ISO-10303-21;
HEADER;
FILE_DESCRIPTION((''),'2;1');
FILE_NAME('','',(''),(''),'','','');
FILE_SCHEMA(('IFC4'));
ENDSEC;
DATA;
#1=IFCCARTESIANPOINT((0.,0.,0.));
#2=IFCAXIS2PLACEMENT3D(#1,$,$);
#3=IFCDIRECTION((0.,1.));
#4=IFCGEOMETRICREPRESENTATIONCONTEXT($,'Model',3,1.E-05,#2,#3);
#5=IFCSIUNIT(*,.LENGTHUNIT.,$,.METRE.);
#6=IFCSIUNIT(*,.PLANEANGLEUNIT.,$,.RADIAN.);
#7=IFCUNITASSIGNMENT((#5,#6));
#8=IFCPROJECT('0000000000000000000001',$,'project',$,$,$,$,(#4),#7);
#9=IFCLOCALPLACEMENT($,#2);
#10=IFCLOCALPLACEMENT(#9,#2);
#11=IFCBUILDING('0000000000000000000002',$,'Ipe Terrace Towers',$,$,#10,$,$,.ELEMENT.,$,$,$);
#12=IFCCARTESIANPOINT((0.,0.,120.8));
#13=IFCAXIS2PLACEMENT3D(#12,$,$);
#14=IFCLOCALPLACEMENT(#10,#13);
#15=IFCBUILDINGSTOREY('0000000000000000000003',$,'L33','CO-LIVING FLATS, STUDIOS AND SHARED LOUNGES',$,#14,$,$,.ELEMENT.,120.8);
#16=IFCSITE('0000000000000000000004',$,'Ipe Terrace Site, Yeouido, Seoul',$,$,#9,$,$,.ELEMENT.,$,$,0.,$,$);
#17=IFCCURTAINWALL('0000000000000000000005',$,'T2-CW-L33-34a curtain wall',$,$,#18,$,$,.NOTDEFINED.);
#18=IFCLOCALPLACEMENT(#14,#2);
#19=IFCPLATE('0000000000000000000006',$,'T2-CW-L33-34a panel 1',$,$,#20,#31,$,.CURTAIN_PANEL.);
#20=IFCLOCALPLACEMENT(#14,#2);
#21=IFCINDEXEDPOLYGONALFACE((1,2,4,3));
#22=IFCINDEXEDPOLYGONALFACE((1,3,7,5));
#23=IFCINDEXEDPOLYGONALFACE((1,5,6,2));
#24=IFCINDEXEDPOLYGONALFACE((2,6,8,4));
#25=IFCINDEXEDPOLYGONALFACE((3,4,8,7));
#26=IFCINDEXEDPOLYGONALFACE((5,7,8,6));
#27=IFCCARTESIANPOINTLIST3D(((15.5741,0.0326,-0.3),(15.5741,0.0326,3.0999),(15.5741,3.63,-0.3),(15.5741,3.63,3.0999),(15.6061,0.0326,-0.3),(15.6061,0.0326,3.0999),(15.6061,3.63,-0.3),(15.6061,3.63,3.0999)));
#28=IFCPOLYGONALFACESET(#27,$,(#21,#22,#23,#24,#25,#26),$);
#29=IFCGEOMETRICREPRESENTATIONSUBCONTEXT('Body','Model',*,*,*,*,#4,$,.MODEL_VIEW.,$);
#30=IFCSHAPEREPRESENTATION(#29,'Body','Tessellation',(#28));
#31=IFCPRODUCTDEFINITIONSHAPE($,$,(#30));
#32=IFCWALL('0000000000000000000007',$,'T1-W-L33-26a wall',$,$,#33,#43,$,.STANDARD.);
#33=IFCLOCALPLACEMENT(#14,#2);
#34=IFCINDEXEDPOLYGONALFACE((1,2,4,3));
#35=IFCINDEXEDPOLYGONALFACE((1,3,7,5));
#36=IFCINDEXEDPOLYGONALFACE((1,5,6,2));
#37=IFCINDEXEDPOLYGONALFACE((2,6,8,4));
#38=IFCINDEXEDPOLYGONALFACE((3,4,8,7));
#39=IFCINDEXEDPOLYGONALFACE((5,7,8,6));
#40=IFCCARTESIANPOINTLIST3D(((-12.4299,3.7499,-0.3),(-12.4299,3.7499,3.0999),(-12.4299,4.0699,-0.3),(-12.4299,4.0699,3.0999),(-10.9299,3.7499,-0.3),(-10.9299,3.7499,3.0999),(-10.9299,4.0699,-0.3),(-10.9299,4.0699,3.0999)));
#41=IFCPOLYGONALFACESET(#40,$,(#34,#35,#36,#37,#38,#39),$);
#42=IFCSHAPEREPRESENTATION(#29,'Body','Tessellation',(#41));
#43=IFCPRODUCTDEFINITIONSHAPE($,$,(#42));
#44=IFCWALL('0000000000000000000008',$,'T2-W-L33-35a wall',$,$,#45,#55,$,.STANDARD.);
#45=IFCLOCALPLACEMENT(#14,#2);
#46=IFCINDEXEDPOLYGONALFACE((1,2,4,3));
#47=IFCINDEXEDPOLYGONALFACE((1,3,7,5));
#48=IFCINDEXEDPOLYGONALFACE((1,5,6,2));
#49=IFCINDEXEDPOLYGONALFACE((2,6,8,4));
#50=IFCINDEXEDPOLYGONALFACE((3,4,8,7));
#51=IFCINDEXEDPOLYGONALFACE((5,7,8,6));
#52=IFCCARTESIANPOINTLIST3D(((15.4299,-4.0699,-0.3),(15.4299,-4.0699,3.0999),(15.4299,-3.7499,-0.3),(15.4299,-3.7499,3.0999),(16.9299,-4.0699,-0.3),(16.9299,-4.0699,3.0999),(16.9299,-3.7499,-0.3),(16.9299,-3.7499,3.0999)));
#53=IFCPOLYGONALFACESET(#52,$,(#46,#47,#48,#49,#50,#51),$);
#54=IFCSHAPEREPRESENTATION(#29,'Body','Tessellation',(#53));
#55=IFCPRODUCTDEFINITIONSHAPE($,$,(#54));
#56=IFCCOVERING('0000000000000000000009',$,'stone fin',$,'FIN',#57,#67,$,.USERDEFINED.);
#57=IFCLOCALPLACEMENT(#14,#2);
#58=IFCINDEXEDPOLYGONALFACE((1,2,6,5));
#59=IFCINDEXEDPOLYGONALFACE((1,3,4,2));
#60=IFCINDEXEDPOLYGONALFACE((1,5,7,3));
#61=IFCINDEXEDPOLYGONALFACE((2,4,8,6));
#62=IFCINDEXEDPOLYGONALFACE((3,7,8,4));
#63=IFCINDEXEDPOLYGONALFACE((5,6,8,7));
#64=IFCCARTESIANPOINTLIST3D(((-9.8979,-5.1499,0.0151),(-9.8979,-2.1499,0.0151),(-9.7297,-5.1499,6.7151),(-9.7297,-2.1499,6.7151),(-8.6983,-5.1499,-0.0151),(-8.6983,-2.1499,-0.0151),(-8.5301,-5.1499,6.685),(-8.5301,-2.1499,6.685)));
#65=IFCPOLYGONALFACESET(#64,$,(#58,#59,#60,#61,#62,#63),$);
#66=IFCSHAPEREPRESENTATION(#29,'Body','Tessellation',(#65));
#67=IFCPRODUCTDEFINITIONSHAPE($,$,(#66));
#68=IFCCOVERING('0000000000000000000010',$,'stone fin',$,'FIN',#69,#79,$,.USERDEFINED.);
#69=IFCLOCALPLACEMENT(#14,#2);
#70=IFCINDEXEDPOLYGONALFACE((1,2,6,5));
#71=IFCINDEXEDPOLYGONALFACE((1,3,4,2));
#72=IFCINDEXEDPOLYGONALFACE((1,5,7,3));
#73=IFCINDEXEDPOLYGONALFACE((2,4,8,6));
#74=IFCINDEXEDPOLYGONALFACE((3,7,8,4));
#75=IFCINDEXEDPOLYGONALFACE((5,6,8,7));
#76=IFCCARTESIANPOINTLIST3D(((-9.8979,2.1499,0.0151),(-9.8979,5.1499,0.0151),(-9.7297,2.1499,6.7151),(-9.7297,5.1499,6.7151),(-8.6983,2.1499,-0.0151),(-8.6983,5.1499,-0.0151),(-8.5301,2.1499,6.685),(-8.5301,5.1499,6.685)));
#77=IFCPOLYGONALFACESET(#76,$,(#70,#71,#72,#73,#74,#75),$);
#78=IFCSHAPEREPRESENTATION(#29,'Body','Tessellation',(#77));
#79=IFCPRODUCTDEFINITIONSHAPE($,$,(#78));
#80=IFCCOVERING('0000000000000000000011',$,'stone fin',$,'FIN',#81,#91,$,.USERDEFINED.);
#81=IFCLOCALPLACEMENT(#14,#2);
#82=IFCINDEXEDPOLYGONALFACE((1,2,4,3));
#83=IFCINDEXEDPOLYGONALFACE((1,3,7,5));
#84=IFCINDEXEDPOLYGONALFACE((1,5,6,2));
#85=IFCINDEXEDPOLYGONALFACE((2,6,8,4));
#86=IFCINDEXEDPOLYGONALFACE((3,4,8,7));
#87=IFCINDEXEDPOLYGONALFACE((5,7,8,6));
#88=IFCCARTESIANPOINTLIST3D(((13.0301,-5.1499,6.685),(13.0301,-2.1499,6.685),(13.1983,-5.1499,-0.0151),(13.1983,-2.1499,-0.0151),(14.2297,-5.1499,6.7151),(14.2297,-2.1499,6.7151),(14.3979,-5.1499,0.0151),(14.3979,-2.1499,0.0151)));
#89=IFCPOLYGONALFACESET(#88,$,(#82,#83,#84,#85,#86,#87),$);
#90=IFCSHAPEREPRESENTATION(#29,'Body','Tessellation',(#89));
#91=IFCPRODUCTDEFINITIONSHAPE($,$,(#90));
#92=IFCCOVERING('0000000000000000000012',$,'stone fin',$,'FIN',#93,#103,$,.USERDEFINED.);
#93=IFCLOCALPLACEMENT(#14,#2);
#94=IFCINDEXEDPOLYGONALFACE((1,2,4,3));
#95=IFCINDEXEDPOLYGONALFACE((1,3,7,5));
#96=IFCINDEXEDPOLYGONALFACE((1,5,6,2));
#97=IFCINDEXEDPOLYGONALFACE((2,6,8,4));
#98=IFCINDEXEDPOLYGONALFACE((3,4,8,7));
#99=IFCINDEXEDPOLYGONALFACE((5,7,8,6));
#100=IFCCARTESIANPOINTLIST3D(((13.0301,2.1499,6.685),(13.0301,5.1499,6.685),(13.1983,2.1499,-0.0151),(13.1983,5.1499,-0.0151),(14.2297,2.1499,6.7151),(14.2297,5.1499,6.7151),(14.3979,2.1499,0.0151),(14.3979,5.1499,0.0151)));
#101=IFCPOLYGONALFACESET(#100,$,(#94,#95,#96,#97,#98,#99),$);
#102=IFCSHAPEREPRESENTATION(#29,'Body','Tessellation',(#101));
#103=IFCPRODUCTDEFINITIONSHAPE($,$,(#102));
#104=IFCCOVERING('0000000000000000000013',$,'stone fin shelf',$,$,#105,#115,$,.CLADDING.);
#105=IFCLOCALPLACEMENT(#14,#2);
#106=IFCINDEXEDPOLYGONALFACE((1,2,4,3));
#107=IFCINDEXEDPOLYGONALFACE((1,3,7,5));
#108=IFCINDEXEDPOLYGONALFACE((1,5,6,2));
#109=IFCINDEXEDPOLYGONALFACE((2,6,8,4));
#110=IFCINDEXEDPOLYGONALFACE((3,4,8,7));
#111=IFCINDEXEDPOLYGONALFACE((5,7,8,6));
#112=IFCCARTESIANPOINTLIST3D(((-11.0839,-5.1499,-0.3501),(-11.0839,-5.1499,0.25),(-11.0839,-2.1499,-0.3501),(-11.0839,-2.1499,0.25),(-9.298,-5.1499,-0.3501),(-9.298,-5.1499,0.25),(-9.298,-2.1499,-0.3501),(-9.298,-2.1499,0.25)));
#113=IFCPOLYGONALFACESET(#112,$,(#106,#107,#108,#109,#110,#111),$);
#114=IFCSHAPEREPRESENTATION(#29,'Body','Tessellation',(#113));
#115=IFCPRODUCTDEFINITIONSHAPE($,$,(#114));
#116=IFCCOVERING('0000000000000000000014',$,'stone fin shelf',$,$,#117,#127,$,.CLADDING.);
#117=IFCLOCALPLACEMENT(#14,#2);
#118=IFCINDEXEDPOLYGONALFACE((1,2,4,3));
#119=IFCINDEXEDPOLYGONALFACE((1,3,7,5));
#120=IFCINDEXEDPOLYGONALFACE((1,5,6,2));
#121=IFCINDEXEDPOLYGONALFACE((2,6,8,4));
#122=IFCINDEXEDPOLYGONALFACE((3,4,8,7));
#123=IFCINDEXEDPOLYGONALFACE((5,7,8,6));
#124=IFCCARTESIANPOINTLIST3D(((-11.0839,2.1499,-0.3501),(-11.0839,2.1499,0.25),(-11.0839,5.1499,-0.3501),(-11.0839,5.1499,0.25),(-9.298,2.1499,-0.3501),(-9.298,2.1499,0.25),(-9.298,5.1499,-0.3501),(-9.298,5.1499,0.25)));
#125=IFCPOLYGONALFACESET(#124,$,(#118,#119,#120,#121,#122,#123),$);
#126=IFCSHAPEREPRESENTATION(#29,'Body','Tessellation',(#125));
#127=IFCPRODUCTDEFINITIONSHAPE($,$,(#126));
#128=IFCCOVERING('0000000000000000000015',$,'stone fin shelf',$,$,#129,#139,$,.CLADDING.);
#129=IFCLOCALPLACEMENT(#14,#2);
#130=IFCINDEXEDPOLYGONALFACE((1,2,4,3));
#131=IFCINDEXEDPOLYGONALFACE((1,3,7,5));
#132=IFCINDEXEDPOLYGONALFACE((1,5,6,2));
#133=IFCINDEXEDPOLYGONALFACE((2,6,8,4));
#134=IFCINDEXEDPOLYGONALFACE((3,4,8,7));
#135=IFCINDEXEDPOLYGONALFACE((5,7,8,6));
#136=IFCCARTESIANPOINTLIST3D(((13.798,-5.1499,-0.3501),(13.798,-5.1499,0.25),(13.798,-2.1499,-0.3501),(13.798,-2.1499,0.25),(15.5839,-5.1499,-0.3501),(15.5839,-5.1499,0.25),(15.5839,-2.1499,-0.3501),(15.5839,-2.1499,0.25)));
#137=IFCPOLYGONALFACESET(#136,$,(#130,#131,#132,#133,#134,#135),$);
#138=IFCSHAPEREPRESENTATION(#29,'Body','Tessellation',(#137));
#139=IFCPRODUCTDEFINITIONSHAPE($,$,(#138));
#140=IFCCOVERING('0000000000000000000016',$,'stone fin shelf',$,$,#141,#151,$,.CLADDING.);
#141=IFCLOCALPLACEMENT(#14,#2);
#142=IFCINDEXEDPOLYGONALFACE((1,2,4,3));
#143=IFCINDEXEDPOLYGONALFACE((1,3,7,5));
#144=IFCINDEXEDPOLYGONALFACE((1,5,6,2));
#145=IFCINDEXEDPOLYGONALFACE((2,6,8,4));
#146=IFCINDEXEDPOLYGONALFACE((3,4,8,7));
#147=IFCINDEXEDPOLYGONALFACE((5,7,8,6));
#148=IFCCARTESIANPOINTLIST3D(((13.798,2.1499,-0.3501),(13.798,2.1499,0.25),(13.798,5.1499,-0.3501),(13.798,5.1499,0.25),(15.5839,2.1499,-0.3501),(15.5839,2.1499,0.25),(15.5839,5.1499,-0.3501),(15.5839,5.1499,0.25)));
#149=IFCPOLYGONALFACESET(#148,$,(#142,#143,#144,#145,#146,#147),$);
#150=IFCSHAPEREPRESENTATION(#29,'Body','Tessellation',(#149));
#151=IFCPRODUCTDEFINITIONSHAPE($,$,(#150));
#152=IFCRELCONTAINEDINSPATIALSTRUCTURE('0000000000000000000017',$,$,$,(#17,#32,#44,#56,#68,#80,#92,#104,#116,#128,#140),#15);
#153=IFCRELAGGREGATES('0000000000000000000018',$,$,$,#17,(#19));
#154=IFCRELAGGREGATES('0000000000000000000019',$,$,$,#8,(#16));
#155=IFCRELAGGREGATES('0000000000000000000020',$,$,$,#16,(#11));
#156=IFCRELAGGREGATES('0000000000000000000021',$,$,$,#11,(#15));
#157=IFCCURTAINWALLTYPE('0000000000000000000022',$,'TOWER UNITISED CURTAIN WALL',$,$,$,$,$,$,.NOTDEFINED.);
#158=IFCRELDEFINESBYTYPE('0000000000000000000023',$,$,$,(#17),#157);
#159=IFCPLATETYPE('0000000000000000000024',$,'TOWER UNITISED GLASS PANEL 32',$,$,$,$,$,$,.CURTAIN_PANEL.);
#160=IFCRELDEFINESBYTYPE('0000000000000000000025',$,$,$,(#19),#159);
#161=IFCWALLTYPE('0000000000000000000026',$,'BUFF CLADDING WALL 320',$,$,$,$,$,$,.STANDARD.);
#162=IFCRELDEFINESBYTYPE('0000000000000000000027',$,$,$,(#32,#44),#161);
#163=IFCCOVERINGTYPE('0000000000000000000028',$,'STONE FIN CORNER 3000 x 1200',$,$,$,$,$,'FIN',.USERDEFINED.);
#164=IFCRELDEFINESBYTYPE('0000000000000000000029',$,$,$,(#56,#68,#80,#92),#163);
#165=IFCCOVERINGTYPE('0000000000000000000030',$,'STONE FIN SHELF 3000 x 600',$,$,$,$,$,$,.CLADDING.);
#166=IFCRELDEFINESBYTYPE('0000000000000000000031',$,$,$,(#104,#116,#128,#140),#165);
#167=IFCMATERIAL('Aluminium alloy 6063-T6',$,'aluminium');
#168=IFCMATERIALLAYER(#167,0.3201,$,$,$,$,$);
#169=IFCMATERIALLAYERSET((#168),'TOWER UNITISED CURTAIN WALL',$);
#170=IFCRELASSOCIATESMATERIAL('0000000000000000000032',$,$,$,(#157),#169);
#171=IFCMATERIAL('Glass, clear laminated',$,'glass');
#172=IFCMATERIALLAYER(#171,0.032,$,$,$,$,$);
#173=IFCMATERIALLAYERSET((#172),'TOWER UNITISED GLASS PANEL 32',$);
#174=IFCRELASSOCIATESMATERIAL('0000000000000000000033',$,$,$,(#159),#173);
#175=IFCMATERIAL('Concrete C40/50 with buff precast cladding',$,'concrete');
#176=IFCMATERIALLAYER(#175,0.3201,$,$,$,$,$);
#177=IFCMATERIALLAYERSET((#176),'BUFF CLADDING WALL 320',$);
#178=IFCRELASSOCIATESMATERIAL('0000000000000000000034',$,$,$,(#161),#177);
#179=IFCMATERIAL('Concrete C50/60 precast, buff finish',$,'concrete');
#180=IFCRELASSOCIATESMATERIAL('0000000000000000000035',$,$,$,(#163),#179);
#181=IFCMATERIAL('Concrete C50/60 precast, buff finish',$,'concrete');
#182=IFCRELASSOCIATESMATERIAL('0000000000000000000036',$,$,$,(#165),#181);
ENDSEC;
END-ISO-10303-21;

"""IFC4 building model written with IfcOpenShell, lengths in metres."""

from ifc_helpers import new_model, si_unit, direction, frame, frame_2d, origin, origin_2d, place, context, subcontext, project, spatial, rectangle, extrude, material, layer, layer_set, material_profile, profile_set, type_object, element, aggregate, save


model = new_model("IFC4")

# Units and contexts
model_context = context("Model", 3, precision=1e-05, world=origin(), true_north=direction((0.0, 1.0)))
body_context = subcontext(model_context, "Body", "Model", "MODEL_VIEW")
ifc_project = project(units=[si_unit("LENGTHUNIT", "METRE"), si_unit("PLANEANGLEUNIT", "RADIAN")], contexts=[model_context])

# Site, building, storey
site_placement = place(None, origin())
site = spatial("IfcSite", under=ifc_project, at=site_placement, Name="Ipe Terrace Site, Yeouido, Seoul", CompositionType="ELEMENT", RefElevation=0.0)
building_placement = place(site_placement, origin())
building = spatial("IfcBuilding", under=site, at=building_placement, Name="Ipe Terrace Towers", CompositionType="ELEMENT")
storey_placement = place(building_placement, frame((0.0, 0.0, 120.8)))
storey = spatial("IfcBuildingStorey", under=building, at=storey_placement, Name="L33", Description="CO-LIVING FLATS, STUDIOS AND SHARED LOUNGES", CompositionType="ELEMENT", Elevation=120.8)

# Shared definitions
ifc_material_1 = material(Name="Aluminium alloy 6063-T6", Category="aluminium")
ifc_layer_1 = layer(ifc_material_1, 0.3201)
ifc_layer_set_1 = layer_set([ifc_layer_1], Name="TOWER UNITISED CURTAIN WALL")
curtain_wall_type = type_object("IfcCurtainWallType", Name="TOWER UNITISED CURTAIN WALL", PredefinedType="NOTDEFINED", material=ifc_layer_set_1)

# Curtain wall
curtain_wall_1_placement = place(storey_placement, origin())
curtain_wall_1 = element("IfcCurtainWall", 1, at=curtain_wall_1_placement, inside=storey, type_object=curtain_wall_type, Name="T2-CW-L33-34a curtain wall", PredefinedType="NOTDEFINED")

# Plate
ifc_material_2 = material(Name="Glass, clear laminated", Category="glass")
ifc_layer_2 = layer(ifc_material_2, 0.032)
ifc_layer_set_2 = layer_set([ifc_layer_2], Name="TOWER UNITISED GLASS PANEL 32")
plate_type = type_object("IfcPlateType", Name="TOWER UNITISED GLASS PANEL 32", PredefinedType="CURTAIN_PANEL", material=ifc_layer_set_2)
plate_1_placement = place(storey_placement, frame((15.5901, 1.8313, -0.3), z_axis=(0.0, 0.0, 1.0), x_axis=(0.0, -1.0, 0.0)))
plate_1 = element("IfcPlate", 2, at=plate_1_placement, type_object=plate_type, Name="T2-CW-L33-34a panel 1", PredefinedType="CURTAIN_PANEL", context=body_context, shape_type="SweptSolid", body=[
    extrude(rectangle(XDim=3.5974, YDim=0.032, at=origin_2d()), origin(), (0.0, 0.0, 1.0), 3.3999),
])
aggregate(curtain_wall_1, [plate_1])

# Walls
ifc_material_3 = material(Name="Concrete C40/50 with buff precast cladding", Category="concrete")
ifc_layer_3 = layer(ifc_material_3, 0.3201)
ifc_layer_set_3 = layer_set([ifc_layer_3], Name="BUFF CLADDING WALL 320")
wall_type = type_object("IfcWallType", Name="BUFF CLADDING WALL 320", PredefinedType="STANDARD", material=ifc_layer_set_3)
for number, where, z_axis, x_axis, name in (
    (3, (-10.9299, 3.9099, -0.3), (0.0, 0.0, 1.0), (-1.0, 0.0, 0.0), "T1-W-L33-26a wall"),
    (4, (15.4299, -3.9099, -0.3), (0.0, 0.0, 1.0), (1.0, 0.0, 0.0), "T2-W-L33-35a wall"),
):
    element("IfcWall", number, at=place(storey_placement, frame(where, z_axis=z_axis, x_axis=x_axis)), inside=storey, type_object=wall_type, Name=name, PredefinedType="STANDARD", context=body_context, shape_type="SweptSolid", body=[
        extrude(rectangle(XDim=1.5, YDim=0.3201, at=frame_2d((0.75, 0.0))), origin(), (0.0, 0.0, 1.0), 3.3999),
    ])

# Coverings
ifc_material_4 = material(Name="Concrete C50/60 precast, buff finish", Category="concrete")
ifc_material_profile_1 = material_profile(ifc_material_4, rectangle(XDim=3.0, YDim=1.2, at=origin_2d()), Name="STONE FIN CORNER 3000 x 1200")
ifc_profile_set_1 = profile_set([ifc_material_profile_1], Name="Concrete C50/60 precast, buff finish")
covering_type_1 = type_object("IfcCoveringType", Name="STONE FIN CORNER 3000 x 1200", ElementType="FIN", PredefinedType="USERDEFINED", material=ifc_profile_set_1)
for number, where, z_axis, x_axis, name in (
    (5, (-9.2981, -3.6499, 0.0), (0.025099, 0.0, 0.999685), (0.0, 1.0, 0.0), "stone fin"),
    (6, (-9.2981, 3.6499, 0.0), (0.025099, 0.0, 0.999685), (0.0, 1.0, 0.0), "stone fin"),
    (7, (13.7981, -3.6499, 0.0), (-0.025099, 0.0, 0.999685), (0.0, -1.0, 0.0), "stone fin"),
    (8, (13.7981, 3.6499, 0.0), (-0.025099, 0.0, 0.999685), (0.0, -1.0, 0.0), "stone fin"),
):
    element("IfcCovering", number, at=place(storey_placement, frame(where, z_axis=z_axis, x_axis=x_axis)), inside=storey, type_object=covering_type_1, Name=name, ObjectType="FIN", PredefinedType="USERDEFINED", context=body_context, shape_type="SweptSolid", body=[
        extrude(rectangle(XDim=3.0, YDim=1.2, at=origin_2d()), origin(), (0.0, 0.0, 1.0), 6.7021),
    ])
ifc_material_5 = material(Name="Concrete C50/60 precast, buff finish", Category="concrete")
covering_type_2 = type_object("IfcCoveringType", Name="STONE FIN SHELF 3000 x 600", PredefinedType="CLADDING", material=ifc_material_5)
for number, where, z_axis, x_axis, name in (
    (9, (-10.1909, -3.6499, -0.3501), (0.0, 0.0, 1.0), (0.0, 1.0, 0.0), "stone fin shelf"),
    (10, (-10.1909, 3.6499, -0.3501), (0.0, 0.0, 1.0), (0.0, 1.0, 0.0), "stone fin shelf"),
    (11, (14.6909, -3.6499, -0.3501), (0.0, 0.0, 1.0), (0.0, -1.0, 0.0), "stone fin shelf"),
    (12, (14.6909, 3.6499, -0.3501), (0.0, 0.0, 1.0), (0.0, -1.0, 0.0), "stone fin shelf"),
):
    element("IfcCovering", number, at=place(storey_placement, frame(where, z_axis=z_axis, x_axis=x_axis)), inside=storey, type_object=covering_type_2, Name=name, PredefinedType="CLADDING", context=body_context, shape_type="SweptSolid", body=[
        extrude(rectangle(XDim=3.0, YDim=1.7859, at=origin_2d()), origin(), (0.0, 0.0, 1.0), 0.6001),
    ])

save(model, "model.ifc")
